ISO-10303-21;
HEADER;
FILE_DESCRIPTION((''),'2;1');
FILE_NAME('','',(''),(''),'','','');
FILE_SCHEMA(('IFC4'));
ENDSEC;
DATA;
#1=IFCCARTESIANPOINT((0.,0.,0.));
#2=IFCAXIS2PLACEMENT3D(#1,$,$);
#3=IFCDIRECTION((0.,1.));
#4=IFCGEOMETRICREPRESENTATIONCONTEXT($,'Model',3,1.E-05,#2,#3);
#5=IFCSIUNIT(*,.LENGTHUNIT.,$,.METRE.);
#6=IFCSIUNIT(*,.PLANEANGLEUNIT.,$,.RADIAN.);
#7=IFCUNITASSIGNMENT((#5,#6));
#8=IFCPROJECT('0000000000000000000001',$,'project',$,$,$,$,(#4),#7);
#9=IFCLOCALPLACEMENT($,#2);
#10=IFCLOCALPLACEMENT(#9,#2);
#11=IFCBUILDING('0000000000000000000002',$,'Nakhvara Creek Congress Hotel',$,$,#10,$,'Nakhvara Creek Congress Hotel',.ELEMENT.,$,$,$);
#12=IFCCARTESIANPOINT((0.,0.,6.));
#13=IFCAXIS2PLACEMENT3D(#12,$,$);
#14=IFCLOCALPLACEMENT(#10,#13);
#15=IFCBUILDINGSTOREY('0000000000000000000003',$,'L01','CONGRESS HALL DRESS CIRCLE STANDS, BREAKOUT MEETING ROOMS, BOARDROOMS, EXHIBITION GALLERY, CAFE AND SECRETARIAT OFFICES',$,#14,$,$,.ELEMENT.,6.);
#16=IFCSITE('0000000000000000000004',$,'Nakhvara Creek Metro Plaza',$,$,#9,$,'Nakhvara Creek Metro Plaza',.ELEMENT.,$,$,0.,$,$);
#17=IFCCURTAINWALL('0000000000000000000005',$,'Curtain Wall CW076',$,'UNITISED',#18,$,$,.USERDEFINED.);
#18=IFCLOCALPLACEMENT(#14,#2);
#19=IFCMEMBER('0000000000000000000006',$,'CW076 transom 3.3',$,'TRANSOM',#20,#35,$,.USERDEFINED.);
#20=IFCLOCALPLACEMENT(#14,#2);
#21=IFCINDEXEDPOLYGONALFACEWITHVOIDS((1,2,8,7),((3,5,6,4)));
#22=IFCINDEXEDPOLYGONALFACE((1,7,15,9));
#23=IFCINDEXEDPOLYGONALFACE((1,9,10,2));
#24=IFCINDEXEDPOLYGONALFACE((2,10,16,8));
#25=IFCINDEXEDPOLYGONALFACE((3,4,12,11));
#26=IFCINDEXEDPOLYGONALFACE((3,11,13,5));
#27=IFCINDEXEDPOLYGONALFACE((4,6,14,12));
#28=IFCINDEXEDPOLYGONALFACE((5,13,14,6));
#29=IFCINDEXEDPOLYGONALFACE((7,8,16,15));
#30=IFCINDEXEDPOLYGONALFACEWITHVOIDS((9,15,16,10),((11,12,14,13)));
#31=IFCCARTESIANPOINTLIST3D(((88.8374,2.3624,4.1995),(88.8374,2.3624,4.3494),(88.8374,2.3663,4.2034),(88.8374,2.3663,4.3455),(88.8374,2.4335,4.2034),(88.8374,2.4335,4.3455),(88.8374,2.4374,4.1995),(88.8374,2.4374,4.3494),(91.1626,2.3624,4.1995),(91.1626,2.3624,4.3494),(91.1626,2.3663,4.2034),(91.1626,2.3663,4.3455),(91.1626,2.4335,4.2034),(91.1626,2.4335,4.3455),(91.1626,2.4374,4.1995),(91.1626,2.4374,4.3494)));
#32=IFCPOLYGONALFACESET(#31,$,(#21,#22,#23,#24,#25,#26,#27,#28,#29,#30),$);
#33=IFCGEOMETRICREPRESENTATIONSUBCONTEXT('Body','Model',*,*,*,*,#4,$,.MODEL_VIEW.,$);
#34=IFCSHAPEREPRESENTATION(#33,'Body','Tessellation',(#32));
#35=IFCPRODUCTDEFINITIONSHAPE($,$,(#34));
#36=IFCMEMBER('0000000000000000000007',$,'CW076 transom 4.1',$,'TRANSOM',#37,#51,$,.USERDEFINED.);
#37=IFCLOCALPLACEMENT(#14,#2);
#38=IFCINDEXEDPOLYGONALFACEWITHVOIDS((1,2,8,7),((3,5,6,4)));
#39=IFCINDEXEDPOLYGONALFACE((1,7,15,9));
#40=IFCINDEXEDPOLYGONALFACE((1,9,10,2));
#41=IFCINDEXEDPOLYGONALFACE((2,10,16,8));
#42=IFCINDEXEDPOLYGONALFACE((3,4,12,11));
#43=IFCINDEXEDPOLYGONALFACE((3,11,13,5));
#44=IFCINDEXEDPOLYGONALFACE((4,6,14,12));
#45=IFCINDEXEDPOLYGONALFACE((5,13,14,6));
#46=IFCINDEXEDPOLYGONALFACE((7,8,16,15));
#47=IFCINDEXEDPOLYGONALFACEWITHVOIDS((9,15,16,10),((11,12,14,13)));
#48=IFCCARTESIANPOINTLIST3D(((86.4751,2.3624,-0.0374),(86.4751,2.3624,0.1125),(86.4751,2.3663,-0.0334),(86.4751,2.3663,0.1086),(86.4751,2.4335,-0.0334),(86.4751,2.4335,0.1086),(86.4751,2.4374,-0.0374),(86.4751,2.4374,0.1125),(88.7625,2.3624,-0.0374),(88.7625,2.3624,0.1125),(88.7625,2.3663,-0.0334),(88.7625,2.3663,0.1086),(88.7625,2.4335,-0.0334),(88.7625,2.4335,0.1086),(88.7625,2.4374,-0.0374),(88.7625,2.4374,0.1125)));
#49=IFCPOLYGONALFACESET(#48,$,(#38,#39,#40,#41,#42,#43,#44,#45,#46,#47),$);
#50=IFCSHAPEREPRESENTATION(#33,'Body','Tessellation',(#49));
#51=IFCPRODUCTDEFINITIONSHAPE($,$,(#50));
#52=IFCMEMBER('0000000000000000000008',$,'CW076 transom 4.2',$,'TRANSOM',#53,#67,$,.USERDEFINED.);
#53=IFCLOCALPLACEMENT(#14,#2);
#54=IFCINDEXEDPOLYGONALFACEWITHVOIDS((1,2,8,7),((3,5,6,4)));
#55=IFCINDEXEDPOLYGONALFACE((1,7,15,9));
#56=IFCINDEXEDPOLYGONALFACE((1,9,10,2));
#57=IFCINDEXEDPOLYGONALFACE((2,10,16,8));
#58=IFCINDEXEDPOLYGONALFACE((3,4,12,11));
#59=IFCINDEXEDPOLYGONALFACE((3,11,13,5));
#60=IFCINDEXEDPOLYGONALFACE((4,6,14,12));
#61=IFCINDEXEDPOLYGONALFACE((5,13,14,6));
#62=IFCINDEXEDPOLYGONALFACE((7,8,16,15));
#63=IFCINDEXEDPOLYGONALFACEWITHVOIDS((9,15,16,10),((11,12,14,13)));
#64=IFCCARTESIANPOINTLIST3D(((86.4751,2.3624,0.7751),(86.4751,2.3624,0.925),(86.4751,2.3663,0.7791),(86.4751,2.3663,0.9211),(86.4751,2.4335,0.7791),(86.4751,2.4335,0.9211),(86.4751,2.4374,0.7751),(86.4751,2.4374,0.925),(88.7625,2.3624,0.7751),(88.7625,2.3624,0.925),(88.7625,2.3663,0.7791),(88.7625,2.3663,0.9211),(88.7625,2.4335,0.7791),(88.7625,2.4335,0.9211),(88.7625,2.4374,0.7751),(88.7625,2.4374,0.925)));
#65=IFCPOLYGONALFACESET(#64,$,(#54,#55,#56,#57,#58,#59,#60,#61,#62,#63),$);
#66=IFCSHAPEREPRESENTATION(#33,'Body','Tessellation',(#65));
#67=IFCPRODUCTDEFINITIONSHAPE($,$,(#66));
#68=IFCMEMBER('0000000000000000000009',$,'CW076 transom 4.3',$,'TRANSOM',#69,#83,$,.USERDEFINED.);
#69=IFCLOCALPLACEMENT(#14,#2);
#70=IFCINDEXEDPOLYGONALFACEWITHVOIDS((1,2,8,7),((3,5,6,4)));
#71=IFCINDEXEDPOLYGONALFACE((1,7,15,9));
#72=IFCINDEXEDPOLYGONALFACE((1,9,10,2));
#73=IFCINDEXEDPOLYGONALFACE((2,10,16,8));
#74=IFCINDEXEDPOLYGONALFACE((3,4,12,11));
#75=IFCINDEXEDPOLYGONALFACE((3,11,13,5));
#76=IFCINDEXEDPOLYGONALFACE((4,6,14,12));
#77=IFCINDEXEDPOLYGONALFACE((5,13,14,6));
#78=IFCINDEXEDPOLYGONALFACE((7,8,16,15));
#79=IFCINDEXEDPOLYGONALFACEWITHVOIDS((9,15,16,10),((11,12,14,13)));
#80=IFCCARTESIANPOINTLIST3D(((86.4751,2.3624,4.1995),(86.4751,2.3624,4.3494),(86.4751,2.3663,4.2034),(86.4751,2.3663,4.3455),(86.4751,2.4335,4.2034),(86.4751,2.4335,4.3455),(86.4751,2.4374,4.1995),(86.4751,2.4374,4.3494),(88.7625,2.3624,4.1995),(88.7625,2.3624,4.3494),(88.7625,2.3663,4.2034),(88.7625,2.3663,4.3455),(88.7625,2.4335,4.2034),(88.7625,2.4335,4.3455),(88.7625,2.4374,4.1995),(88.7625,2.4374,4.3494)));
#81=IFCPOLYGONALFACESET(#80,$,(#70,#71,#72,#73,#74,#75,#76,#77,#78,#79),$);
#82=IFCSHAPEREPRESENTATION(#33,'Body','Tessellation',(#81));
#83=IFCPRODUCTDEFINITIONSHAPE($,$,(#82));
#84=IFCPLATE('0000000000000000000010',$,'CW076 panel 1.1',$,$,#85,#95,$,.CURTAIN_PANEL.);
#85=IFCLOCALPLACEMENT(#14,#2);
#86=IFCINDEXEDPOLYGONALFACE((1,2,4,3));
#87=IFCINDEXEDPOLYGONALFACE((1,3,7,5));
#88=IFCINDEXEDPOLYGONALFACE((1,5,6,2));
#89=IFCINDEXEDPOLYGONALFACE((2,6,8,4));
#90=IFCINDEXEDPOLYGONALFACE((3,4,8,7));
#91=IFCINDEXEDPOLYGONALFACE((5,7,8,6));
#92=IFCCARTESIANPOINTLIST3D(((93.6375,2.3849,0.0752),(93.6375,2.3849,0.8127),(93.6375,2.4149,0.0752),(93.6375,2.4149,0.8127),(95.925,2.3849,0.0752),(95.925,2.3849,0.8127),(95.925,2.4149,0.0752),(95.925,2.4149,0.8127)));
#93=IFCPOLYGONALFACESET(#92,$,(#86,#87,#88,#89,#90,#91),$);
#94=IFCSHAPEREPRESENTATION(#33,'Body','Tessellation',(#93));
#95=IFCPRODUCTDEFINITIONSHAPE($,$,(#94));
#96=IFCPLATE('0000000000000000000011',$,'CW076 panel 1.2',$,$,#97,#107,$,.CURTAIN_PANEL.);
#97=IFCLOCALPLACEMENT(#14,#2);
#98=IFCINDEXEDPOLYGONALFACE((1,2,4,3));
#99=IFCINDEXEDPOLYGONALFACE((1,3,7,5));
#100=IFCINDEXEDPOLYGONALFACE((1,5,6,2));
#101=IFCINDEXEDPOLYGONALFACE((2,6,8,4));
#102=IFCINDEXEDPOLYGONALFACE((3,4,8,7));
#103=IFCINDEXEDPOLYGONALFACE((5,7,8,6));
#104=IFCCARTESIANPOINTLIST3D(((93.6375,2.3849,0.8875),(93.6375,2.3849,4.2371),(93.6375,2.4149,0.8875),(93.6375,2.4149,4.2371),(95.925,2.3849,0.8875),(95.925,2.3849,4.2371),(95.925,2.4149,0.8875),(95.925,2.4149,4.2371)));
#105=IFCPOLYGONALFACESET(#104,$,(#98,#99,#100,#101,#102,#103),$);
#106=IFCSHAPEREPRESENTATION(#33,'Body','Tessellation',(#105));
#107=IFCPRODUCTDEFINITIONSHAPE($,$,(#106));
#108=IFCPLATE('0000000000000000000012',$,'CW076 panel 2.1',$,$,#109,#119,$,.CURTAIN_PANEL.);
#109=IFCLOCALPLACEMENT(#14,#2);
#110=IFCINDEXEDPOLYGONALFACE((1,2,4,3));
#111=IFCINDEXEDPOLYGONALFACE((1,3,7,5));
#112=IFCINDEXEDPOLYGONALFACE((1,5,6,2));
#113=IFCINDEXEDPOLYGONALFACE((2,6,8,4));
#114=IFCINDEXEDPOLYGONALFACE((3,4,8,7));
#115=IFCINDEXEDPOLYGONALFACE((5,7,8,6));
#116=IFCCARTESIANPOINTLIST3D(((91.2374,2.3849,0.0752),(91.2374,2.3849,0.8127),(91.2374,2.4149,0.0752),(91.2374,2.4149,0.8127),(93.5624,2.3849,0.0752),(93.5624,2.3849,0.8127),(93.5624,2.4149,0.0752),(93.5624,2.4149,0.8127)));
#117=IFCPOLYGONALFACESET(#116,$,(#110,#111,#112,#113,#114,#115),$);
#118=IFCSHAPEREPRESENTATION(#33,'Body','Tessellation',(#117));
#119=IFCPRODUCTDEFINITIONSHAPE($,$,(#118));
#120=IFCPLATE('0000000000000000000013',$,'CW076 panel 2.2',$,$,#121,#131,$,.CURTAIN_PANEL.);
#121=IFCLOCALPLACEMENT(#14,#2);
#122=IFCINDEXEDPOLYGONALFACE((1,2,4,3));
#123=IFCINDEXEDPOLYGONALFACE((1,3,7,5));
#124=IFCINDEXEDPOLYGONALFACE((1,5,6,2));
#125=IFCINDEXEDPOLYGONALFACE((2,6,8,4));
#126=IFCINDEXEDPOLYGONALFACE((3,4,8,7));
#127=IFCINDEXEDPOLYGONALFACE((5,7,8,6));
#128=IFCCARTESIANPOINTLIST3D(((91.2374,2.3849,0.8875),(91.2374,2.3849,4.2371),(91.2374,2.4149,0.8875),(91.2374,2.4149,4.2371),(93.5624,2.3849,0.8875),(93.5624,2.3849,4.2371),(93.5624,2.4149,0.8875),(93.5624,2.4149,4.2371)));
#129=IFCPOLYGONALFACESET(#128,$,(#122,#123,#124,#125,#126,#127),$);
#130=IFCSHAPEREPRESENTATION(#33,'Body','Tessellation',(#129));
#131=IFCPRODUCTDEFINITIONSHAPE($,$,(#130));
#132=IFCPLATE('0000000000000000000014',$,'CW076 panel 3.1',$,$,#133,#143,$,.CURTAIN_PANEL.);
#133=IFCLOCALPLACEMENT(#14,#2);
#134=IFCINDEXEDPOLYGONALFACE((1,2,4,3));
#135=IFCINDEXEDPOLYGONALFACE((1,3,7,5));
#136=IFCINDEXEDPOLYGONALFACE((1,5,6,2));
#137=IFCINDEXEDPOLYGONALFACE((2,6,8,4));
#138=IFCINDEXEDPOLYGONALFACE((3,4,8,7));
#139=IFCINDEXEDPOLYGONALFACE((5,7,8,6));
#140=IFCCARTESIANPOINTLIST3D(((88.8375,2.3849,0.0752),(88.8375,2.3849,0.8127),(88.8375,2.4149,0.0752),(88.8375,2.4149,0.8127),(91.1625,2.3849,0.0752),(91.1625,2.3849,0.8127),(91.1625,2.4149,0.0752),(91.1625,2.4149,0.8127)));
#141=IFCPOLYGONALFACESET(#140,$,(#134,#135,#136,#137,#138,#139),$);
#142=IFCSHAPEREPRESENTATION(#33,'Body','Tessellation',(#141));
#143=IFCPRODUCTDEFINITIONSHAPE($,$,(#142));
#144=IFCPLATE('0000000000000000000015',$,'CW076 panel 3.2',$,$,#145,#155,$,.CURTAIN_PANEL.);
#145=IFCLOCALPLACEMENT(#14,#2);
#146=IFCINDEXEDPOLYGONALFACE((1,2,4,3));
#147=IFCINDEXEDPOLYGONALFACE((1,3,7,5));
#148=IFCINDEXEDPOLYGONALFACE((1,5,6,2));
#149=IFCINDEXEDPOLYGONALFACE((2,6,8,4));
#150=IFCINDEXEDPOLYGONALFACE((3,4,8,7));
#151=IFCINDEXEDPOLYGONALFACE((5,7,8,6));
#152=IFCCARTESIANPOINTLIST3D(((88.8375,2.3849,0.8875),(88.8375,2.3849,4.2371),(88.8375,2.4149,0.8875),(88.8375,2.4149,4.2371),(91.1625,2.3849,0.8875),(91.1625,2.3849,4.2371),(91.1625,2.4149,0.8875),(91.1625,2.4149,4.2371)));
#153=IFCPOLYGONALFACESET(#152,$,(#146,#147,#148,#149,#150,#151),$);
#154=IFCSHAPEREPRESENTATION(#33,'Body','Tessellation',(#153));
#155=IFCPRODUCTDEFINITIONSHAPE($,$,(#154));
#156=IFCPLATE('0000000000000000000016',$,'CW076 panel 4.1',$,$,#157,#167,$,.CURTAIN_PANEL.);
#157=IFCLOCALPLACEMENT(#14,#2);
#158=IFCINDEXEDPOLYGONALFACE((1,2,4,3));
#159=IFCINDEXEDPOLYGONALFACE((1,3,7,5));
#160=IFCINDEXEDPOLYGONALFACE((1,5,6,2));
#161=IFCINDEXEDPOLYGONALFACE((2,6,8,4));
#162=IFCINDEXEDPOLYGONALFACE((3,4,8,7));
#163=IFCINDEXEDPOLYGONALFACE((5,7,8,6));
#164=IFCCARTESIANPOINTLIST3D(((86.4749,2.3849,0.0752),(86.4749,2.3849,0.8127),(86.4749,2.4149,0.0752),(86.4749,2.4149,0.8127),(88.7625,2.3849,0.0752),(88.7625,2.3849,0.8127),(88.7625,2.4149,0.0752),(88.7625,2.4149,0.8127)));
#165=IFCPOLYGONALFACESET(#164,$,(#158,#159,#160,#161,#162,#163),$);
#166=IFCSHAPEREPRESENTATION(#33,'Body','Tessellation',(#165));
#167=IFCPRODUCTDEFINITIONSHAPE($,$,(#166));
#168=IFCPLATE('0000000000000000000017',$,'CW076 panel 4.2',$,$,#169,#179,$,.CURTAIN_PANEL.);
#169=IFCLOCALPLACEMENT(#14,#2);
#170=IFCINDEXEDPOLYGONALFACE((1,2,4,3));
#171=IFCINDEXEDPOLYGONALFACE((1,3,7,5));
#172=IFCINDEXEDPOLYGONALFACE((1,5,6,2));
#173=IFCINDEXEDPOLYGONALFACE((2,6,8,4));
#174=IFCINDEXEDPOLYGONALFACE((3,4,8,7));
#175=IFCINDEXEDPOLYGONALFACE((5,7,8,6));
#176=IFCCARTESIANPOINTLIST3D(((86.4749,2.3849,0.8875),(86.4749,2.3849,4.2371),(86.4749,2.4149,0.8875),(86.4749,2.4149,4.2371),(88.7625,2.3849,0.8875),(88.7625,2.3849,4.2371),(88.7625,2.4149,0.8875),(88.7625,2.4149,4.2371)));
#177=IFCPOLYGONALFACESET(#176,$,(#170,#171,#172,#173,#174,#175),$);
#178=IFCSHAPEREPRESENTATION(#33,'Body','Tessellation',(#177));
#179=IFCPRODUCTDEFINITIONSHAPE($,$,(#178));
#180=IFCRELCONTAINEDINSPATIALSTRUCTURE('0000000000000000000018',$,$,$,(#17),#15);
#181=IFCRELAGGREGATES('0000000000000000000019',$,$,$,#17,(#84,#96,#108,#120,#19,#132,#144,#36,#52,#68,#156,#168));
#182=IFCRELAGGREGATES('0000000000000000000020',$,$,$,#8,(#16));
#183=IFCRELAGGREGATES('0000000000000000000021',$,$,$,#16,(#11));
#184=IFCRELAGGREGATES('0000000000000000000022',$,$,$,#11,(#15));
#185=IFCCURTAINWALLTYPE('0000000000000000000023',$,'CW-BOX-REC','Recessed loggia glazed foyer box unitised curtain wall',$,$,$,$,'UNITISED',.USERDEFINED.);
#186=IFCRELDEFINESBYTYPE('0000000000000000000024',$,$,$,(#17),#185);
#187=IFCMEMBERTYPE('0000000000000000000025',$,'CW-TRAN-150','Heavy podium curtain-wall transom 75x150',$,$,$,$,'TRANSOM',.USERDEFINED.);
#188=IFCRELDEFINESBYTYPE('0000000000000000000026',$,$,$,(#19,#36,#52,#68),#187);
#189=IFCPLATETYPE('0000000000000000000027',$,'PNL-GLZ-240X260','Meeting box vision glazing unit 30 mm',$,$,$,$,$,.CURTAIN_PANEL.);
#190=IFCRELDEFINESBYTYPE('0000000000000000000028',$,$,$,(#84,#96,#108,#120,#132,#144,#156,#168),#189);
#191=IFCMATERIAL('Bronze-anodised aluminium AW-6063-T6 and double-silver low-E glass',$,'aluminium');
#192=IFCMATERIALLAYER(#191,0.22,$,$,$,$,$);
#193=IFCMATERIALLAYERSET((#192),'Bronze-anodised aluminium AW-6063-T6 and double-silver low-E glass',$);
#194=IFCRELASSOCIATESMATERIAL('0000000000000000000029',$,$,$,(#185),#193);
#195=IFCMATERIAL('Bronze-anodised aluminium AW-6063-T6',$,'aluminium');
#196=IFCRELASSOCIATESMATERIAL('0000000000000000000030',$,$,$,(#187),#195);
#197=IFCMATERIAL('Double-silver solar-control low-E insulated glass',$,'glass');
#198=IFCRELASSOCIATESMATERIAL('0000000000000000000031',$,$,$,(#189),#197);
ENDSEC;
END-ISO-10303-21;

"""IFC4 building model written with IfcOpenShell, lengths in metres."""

from ifc_helpers import new_model, si_unit, direction, frame, origin, origin_2d, place, context, subcontext, project, spatial, rectangle, hollow_rectangle, extrude, material, layer, layer_set, material_profile, profile_set, type_object, element, aggregate, save


model = new_model("IFC4")

# Units and contexts
model_context = context("Model", 3, precision=1e-05, world=origin(), true_north=direction((0.0, 1.0)))
body_context = subcontext(model_context, "Body", "Model", "MODEL_VIEW")
ifc_project = project(units=[si_unit("LENGTHUNIT", "METRE"), si_unit("PLANEANGLEUNIT", "RADIAN")], contexts=[model_context])

# Site, building, storey
site_placement = place(None, origin())
site = spatial("IfcSite", under=ifc_project, at=site_placement, Name="Nakhvara Creek Metro Plaza", LongName="Nakhvara Creek Metro Plaza", CompositionType="ELEMENT", RefElevation=0.0)
building_placement = place(site_placement, origin())
building = spatial("IfcBuilding", under=site, at=building_placement, Name="Nakhvara Creek Congress Hotel", LongName="Nakhvara Creek Congress Hotel", CompositionType="ELEMENT")
storey_placement = place(building_placement, frame((0.0, 0.0, 6.0)))
storey = spatial("IfcBuildingStorey", under=building, at=storey_placement, Name="L01", Description="CONGRESS HALL DRESS CIRCLE STANDS, BREAKOUT MEETING ROOMS, BOARDROOMS, EXHIBITION GALLERY, CAFE AND SECRETARIAT OFFICES", CompositionType="ELEMENT", Elevation=6.0)

# Curtain wall, members, plates
ifc_material_1 = material(Name="Bronze-anodised aluminium AW-6063-T6 and double-silver low-E glass", Category="aluminium")
ifc_layer = layer(ifc_material_1, 0.22)
ifc_layer_set = layer_set([ifc_layer], Name="Bronze-anodised aluminium AW-6063-T6 and double-silver low-E glass")
curtain_wall_type = type_object("IfcCurtainWallType", Name="CW-BOX-REC", Description="Recessed loggia glazed foyer box unitised curtain wall", ElementType="UNITISED", PredefinedType="USERDEFINED", material=ifc_layer_set)
curtain_wall_placement = place(storey_placement, origin())
curtain_wall = element("IfcCurtainWall", 1, at=curtain_wall_placement, inside=storey, type_object=curtain_wall_type, Name="Curtain Wall CW076", ObjectType="UNITISED", PredefinedType="USERDEFINED")
ifc_material_2 = material(Name="Bronze-anodised aluminium AW-6063-T6", Category="aluminium")
ifc_material_profile_1 = material_profile(ifc_material_2, hollow_rectangle(XDim=0.075, YDim=0.1499, WallThickness=0.0039, at=origin_2d()), Name="ALU-TRAN 75x150x4", Category="LoadBearing")
ifc_profile_set_1 = profile_set([ifc_material_profile_1], Name="Bronze-anodised aluminium AW-6063-T6")
member_type_1 = type_object("IfcMemberType", Name="CW-TRAN-150", Description="Heavy podium curtain-wall transom 75x150", ElementType="TRANSOM", PredefinedType="USERDEFINED", material=ifc_profile_set_1)
member_1_placement = place(storey_placement, frame((91.1626, 2.3999, 4.2744), z_axis=(-1.0, 0.0, 0.0), x_axis=(0.0, -1.0, 0.0)))
member_1 = element("IfcMember", 2, at=member_1_placement, type_object=member_type_1, Name="CW076 transom 3.3", ObjectType="TRANSOM", PredefinedType="USERDEFINED", context=body_context, shape_type="SweptSolid", body=[
    extrude(hollow_rectangle(XDim=0.075, YDim=0.1499, WallThickness=0.0039, at=origin_2d()), origin(), (0.0, 0.0, 1.0), 2.3252),
])
member_2_placement = place(storey_placement, frame((88.7625, 2.3999, 0.0376), z_axis=(-1.0, 0.0, 0.0), x_axis=(0.0, -1.0, 0.0)))
member_2 = element("IfcMember", 3, at=member_2_placement, type_object=member_type_1, Name="CW076 transom 4.1", ObjectType="TRANSOM", PredefinedType="USERDEFINED", context=body_context, shape_type="SweptSolid", body=[
    extrude(hollow_rectangle(XDim=0.075, YDim=0.1499, WallThickness=0.0039, at=origin_2d()), origin(), (0.0, 0.0, 1.0), 2.2874),
])
member_3_placement = place(storey_placement, frame((88.7625, 2.3999, 0.8501), z_axis=(-1.0, 0.0, 0.0), x_axis=(0.0, -1.0, 0.0)))
member_3 = element("IfcMember", 4, at=member_3_placement, type_object=member_type_1, Name="CW076 transom 4.2", ObjectType="TRANSOM", PredefinedType="USERDEFINED", context=body_context, shape_type="SweptSolid", body=[
    extrude(hollow_rectangle(XDim=0.075, YDim=0.1499, WallThickness=0.0039, at=origin_2d()), origin(), (0.0, 0.0, 1.0), 2.2874),
])
member_4_placement = place(storey_placement, frame((88.7625, 2.3999, 4.2744), z_axis=(-1.0, 0.0, 0.0), x_axis=(0.0, -1.0, 0.0)))
member_4 = element("IfcMember", 5, at=member_4_placement, type_object=member_type_1, Name="CW076 transom 4.3", ObjectType="TRANSOM", PredefinedType="USERDEFINED", context=body_context, shape_type="SweptSolid", body=[
    extrude(hollow_rectangle(XDim=0.075, YDim=0.1499, WallThickness=0.0039, at=origin_2d()), origin(), (0.0, 0.0, 1.0), 2.2874),
])
ifc_material_3 = material(Name="Double-silver solar-control low-E insulated glass", Category="glass")
plate_type = type_object("IfcPlateType", Name="PNL-GLZ-240X260", Description="Meeting box vision glazing unit 30 mm", PredefinedType="CURTAIN_PANEL", material=ifc_material_3)
plate_1_placement = place(storey_placement, frame((94.7812, 2.3999, 0.0752), z_axis=(0.0, 0.0, 1.0), x_axis=(-1.0, 0.0, 0.0)))
plate_1 = element("IfcPlate", 6, at=plate_1_placement, type_object=plate_type, Name="CW076 panel 1.1", PredefinedType="CURTAIN_PANEL", context=body_context, shape_type="SweptSolid", body=[
    extrude(rectangle(XDim=2.2876, YDim=0.03, at=origin_2d()), origin(), (0.0, 0.0, 1.0), 0.7375),
])
plate_2_placement = place(storey_placement, frame((94.7812, 2.3999, 0.8875), z_axis=(0.0, 0.0, 1.0), x_axis=(-1.0, 0.0, 0.0)))
plate_2 = element("IfcPlate", 7, at=plate_2_placement, type_object=plate_type, Name="CW076 panel 1.2", PredefinedType="CURTAIN_PANEL", context=body_context, shape_type="SweptSolid", body=[
    extrude(rectangle(XDim=2.2876, YDim=0.03, at=origin_2d()), origin(), (0.0, 0.0, 1.0), 3.3496),
])
plate_3_placement = place(storey_placement, frame((92.3999, 2.3999, 0.0752), z_axis=(0.0, 0.0, 1.0), x_axis=(-1.0, 0.0, 0.0)))
plate_3 = element("IfcPlate", 8, at=plate_3_placement, type_object=plate_type, Name="CW076 panel 2.1", PredefinedType="CURTAIN_PANEL", context=body_context, shape_type="SweptSolid", body=[
    extrude(rectangle(XDim=2.325, YDim=0.03, at=origin_2d()), origin(), (0.0, 0.0, 1.0), 0.7375),
])
plate_4_placement = place(storey_placement, frame((92.3999, 2.3999, 0.8875), z_axis=(0.0, 0.0, 1.0), x_axis=(-1.0, 0.0, 0.0)))
plate_4 = element("IfcPlate", 9, at=plate_4_placement, type_object=plate_type, Name="CW076 panel 2.2", PredefinedType="CURTAIN_PANEL", context=body_context, shape_type="SweptSolid", body=[
    extrude(rectangle(XDim=2.325, YDim=0.03, at=origin_2d()), origin(), (0.0, 0.0, 1.0), 3.3496),
])
plate_5_placement = place(storey_placement, frame((90.0, 2.3999, 0.0752), z_axis=(0.0, 0.0, 1.0), x_axis=(-1.0, 0.0, 0.0)))
plate_5 = element("IfcPlate", 10, at=plate_5_placement, type_object=plate_type, Name="CW076 panel 3.1", PredefinedType="CURTAIN_PANEL", context=body_context, shape_type="SweptSolid", body=[
    extrude(rectangle(XDim=2.325, YDim=0.03, at=origin_2d()), origin(), (0.0, 0.0, 1.0), 0.7375),
])
plate_6_placement = place(storey_placement, frame((90.0, 2.3999, 0.8875), z_axis=(0.0, 0.0, 1.0), x_axis=(-1.0, 0.0, 0.0)))
plate_6 = element("IfcPlate", 11, at=plate_6_placement, type_object=plate_type, Name="CW076 panel 3.2", PredefinedType="CURTAIN_PANEL", context=body_context, shape_type="SweptSolid", body=[
    extrude(rectangle(XDim=2.325, YDim=0.03, at=origin_2d()), origin(), (0.0, 0.0, 1.0), 3.3496),
])
plate_7_placement = place(storey_placement, frame((87.6187, 2.3999, 0.0752), z_axis=(0.0, 0.0, 1.0), x_axis=(-1.0, 0.0, 0.0)))
plate_7 = element("IfcPlate", 12, at=plate_7_placement, type_object=plate_type, Name="CW076 panel 4.1", PredefinedType="CURTAIN_PANEL", context=body_context, shape_type="SweptSolid", body=[
    extrude(rectangle(XDim=2.2876, YDim=0.03, at=origin_2d()), origin(), (0.0, 0.0, 1.0), 0.7375),
])
plate_8_placement = place(storey_placement, frame((87.6187, 2.3999, 0.8875), z_axis=(0.0, 0.0, 1.0), x_axis=(-1.0, 0.0, 0.0)))
plate_8 = element("IfcPlate", 13, at=plate_8_placement, type_object=plate_type, Name="CW076 panel 4.2", PredefinedType="CURTAIN_PANEL", context=body_context, shape_type="SweptSolid", body=[
    extrude(rectangle(XDim=2.2876, YDim=0.03, at=origin_2d()), origin(), (0.0, 0.0, 1.0), 3.3496),
])
aggregate(curtain_wall, [plate_1, plate_2, plate_3, plate_4, member_1, plate_5, plate_6, member_2, member_3, member_4, plate_7, plate_8])

save(model, "model.ifc")
